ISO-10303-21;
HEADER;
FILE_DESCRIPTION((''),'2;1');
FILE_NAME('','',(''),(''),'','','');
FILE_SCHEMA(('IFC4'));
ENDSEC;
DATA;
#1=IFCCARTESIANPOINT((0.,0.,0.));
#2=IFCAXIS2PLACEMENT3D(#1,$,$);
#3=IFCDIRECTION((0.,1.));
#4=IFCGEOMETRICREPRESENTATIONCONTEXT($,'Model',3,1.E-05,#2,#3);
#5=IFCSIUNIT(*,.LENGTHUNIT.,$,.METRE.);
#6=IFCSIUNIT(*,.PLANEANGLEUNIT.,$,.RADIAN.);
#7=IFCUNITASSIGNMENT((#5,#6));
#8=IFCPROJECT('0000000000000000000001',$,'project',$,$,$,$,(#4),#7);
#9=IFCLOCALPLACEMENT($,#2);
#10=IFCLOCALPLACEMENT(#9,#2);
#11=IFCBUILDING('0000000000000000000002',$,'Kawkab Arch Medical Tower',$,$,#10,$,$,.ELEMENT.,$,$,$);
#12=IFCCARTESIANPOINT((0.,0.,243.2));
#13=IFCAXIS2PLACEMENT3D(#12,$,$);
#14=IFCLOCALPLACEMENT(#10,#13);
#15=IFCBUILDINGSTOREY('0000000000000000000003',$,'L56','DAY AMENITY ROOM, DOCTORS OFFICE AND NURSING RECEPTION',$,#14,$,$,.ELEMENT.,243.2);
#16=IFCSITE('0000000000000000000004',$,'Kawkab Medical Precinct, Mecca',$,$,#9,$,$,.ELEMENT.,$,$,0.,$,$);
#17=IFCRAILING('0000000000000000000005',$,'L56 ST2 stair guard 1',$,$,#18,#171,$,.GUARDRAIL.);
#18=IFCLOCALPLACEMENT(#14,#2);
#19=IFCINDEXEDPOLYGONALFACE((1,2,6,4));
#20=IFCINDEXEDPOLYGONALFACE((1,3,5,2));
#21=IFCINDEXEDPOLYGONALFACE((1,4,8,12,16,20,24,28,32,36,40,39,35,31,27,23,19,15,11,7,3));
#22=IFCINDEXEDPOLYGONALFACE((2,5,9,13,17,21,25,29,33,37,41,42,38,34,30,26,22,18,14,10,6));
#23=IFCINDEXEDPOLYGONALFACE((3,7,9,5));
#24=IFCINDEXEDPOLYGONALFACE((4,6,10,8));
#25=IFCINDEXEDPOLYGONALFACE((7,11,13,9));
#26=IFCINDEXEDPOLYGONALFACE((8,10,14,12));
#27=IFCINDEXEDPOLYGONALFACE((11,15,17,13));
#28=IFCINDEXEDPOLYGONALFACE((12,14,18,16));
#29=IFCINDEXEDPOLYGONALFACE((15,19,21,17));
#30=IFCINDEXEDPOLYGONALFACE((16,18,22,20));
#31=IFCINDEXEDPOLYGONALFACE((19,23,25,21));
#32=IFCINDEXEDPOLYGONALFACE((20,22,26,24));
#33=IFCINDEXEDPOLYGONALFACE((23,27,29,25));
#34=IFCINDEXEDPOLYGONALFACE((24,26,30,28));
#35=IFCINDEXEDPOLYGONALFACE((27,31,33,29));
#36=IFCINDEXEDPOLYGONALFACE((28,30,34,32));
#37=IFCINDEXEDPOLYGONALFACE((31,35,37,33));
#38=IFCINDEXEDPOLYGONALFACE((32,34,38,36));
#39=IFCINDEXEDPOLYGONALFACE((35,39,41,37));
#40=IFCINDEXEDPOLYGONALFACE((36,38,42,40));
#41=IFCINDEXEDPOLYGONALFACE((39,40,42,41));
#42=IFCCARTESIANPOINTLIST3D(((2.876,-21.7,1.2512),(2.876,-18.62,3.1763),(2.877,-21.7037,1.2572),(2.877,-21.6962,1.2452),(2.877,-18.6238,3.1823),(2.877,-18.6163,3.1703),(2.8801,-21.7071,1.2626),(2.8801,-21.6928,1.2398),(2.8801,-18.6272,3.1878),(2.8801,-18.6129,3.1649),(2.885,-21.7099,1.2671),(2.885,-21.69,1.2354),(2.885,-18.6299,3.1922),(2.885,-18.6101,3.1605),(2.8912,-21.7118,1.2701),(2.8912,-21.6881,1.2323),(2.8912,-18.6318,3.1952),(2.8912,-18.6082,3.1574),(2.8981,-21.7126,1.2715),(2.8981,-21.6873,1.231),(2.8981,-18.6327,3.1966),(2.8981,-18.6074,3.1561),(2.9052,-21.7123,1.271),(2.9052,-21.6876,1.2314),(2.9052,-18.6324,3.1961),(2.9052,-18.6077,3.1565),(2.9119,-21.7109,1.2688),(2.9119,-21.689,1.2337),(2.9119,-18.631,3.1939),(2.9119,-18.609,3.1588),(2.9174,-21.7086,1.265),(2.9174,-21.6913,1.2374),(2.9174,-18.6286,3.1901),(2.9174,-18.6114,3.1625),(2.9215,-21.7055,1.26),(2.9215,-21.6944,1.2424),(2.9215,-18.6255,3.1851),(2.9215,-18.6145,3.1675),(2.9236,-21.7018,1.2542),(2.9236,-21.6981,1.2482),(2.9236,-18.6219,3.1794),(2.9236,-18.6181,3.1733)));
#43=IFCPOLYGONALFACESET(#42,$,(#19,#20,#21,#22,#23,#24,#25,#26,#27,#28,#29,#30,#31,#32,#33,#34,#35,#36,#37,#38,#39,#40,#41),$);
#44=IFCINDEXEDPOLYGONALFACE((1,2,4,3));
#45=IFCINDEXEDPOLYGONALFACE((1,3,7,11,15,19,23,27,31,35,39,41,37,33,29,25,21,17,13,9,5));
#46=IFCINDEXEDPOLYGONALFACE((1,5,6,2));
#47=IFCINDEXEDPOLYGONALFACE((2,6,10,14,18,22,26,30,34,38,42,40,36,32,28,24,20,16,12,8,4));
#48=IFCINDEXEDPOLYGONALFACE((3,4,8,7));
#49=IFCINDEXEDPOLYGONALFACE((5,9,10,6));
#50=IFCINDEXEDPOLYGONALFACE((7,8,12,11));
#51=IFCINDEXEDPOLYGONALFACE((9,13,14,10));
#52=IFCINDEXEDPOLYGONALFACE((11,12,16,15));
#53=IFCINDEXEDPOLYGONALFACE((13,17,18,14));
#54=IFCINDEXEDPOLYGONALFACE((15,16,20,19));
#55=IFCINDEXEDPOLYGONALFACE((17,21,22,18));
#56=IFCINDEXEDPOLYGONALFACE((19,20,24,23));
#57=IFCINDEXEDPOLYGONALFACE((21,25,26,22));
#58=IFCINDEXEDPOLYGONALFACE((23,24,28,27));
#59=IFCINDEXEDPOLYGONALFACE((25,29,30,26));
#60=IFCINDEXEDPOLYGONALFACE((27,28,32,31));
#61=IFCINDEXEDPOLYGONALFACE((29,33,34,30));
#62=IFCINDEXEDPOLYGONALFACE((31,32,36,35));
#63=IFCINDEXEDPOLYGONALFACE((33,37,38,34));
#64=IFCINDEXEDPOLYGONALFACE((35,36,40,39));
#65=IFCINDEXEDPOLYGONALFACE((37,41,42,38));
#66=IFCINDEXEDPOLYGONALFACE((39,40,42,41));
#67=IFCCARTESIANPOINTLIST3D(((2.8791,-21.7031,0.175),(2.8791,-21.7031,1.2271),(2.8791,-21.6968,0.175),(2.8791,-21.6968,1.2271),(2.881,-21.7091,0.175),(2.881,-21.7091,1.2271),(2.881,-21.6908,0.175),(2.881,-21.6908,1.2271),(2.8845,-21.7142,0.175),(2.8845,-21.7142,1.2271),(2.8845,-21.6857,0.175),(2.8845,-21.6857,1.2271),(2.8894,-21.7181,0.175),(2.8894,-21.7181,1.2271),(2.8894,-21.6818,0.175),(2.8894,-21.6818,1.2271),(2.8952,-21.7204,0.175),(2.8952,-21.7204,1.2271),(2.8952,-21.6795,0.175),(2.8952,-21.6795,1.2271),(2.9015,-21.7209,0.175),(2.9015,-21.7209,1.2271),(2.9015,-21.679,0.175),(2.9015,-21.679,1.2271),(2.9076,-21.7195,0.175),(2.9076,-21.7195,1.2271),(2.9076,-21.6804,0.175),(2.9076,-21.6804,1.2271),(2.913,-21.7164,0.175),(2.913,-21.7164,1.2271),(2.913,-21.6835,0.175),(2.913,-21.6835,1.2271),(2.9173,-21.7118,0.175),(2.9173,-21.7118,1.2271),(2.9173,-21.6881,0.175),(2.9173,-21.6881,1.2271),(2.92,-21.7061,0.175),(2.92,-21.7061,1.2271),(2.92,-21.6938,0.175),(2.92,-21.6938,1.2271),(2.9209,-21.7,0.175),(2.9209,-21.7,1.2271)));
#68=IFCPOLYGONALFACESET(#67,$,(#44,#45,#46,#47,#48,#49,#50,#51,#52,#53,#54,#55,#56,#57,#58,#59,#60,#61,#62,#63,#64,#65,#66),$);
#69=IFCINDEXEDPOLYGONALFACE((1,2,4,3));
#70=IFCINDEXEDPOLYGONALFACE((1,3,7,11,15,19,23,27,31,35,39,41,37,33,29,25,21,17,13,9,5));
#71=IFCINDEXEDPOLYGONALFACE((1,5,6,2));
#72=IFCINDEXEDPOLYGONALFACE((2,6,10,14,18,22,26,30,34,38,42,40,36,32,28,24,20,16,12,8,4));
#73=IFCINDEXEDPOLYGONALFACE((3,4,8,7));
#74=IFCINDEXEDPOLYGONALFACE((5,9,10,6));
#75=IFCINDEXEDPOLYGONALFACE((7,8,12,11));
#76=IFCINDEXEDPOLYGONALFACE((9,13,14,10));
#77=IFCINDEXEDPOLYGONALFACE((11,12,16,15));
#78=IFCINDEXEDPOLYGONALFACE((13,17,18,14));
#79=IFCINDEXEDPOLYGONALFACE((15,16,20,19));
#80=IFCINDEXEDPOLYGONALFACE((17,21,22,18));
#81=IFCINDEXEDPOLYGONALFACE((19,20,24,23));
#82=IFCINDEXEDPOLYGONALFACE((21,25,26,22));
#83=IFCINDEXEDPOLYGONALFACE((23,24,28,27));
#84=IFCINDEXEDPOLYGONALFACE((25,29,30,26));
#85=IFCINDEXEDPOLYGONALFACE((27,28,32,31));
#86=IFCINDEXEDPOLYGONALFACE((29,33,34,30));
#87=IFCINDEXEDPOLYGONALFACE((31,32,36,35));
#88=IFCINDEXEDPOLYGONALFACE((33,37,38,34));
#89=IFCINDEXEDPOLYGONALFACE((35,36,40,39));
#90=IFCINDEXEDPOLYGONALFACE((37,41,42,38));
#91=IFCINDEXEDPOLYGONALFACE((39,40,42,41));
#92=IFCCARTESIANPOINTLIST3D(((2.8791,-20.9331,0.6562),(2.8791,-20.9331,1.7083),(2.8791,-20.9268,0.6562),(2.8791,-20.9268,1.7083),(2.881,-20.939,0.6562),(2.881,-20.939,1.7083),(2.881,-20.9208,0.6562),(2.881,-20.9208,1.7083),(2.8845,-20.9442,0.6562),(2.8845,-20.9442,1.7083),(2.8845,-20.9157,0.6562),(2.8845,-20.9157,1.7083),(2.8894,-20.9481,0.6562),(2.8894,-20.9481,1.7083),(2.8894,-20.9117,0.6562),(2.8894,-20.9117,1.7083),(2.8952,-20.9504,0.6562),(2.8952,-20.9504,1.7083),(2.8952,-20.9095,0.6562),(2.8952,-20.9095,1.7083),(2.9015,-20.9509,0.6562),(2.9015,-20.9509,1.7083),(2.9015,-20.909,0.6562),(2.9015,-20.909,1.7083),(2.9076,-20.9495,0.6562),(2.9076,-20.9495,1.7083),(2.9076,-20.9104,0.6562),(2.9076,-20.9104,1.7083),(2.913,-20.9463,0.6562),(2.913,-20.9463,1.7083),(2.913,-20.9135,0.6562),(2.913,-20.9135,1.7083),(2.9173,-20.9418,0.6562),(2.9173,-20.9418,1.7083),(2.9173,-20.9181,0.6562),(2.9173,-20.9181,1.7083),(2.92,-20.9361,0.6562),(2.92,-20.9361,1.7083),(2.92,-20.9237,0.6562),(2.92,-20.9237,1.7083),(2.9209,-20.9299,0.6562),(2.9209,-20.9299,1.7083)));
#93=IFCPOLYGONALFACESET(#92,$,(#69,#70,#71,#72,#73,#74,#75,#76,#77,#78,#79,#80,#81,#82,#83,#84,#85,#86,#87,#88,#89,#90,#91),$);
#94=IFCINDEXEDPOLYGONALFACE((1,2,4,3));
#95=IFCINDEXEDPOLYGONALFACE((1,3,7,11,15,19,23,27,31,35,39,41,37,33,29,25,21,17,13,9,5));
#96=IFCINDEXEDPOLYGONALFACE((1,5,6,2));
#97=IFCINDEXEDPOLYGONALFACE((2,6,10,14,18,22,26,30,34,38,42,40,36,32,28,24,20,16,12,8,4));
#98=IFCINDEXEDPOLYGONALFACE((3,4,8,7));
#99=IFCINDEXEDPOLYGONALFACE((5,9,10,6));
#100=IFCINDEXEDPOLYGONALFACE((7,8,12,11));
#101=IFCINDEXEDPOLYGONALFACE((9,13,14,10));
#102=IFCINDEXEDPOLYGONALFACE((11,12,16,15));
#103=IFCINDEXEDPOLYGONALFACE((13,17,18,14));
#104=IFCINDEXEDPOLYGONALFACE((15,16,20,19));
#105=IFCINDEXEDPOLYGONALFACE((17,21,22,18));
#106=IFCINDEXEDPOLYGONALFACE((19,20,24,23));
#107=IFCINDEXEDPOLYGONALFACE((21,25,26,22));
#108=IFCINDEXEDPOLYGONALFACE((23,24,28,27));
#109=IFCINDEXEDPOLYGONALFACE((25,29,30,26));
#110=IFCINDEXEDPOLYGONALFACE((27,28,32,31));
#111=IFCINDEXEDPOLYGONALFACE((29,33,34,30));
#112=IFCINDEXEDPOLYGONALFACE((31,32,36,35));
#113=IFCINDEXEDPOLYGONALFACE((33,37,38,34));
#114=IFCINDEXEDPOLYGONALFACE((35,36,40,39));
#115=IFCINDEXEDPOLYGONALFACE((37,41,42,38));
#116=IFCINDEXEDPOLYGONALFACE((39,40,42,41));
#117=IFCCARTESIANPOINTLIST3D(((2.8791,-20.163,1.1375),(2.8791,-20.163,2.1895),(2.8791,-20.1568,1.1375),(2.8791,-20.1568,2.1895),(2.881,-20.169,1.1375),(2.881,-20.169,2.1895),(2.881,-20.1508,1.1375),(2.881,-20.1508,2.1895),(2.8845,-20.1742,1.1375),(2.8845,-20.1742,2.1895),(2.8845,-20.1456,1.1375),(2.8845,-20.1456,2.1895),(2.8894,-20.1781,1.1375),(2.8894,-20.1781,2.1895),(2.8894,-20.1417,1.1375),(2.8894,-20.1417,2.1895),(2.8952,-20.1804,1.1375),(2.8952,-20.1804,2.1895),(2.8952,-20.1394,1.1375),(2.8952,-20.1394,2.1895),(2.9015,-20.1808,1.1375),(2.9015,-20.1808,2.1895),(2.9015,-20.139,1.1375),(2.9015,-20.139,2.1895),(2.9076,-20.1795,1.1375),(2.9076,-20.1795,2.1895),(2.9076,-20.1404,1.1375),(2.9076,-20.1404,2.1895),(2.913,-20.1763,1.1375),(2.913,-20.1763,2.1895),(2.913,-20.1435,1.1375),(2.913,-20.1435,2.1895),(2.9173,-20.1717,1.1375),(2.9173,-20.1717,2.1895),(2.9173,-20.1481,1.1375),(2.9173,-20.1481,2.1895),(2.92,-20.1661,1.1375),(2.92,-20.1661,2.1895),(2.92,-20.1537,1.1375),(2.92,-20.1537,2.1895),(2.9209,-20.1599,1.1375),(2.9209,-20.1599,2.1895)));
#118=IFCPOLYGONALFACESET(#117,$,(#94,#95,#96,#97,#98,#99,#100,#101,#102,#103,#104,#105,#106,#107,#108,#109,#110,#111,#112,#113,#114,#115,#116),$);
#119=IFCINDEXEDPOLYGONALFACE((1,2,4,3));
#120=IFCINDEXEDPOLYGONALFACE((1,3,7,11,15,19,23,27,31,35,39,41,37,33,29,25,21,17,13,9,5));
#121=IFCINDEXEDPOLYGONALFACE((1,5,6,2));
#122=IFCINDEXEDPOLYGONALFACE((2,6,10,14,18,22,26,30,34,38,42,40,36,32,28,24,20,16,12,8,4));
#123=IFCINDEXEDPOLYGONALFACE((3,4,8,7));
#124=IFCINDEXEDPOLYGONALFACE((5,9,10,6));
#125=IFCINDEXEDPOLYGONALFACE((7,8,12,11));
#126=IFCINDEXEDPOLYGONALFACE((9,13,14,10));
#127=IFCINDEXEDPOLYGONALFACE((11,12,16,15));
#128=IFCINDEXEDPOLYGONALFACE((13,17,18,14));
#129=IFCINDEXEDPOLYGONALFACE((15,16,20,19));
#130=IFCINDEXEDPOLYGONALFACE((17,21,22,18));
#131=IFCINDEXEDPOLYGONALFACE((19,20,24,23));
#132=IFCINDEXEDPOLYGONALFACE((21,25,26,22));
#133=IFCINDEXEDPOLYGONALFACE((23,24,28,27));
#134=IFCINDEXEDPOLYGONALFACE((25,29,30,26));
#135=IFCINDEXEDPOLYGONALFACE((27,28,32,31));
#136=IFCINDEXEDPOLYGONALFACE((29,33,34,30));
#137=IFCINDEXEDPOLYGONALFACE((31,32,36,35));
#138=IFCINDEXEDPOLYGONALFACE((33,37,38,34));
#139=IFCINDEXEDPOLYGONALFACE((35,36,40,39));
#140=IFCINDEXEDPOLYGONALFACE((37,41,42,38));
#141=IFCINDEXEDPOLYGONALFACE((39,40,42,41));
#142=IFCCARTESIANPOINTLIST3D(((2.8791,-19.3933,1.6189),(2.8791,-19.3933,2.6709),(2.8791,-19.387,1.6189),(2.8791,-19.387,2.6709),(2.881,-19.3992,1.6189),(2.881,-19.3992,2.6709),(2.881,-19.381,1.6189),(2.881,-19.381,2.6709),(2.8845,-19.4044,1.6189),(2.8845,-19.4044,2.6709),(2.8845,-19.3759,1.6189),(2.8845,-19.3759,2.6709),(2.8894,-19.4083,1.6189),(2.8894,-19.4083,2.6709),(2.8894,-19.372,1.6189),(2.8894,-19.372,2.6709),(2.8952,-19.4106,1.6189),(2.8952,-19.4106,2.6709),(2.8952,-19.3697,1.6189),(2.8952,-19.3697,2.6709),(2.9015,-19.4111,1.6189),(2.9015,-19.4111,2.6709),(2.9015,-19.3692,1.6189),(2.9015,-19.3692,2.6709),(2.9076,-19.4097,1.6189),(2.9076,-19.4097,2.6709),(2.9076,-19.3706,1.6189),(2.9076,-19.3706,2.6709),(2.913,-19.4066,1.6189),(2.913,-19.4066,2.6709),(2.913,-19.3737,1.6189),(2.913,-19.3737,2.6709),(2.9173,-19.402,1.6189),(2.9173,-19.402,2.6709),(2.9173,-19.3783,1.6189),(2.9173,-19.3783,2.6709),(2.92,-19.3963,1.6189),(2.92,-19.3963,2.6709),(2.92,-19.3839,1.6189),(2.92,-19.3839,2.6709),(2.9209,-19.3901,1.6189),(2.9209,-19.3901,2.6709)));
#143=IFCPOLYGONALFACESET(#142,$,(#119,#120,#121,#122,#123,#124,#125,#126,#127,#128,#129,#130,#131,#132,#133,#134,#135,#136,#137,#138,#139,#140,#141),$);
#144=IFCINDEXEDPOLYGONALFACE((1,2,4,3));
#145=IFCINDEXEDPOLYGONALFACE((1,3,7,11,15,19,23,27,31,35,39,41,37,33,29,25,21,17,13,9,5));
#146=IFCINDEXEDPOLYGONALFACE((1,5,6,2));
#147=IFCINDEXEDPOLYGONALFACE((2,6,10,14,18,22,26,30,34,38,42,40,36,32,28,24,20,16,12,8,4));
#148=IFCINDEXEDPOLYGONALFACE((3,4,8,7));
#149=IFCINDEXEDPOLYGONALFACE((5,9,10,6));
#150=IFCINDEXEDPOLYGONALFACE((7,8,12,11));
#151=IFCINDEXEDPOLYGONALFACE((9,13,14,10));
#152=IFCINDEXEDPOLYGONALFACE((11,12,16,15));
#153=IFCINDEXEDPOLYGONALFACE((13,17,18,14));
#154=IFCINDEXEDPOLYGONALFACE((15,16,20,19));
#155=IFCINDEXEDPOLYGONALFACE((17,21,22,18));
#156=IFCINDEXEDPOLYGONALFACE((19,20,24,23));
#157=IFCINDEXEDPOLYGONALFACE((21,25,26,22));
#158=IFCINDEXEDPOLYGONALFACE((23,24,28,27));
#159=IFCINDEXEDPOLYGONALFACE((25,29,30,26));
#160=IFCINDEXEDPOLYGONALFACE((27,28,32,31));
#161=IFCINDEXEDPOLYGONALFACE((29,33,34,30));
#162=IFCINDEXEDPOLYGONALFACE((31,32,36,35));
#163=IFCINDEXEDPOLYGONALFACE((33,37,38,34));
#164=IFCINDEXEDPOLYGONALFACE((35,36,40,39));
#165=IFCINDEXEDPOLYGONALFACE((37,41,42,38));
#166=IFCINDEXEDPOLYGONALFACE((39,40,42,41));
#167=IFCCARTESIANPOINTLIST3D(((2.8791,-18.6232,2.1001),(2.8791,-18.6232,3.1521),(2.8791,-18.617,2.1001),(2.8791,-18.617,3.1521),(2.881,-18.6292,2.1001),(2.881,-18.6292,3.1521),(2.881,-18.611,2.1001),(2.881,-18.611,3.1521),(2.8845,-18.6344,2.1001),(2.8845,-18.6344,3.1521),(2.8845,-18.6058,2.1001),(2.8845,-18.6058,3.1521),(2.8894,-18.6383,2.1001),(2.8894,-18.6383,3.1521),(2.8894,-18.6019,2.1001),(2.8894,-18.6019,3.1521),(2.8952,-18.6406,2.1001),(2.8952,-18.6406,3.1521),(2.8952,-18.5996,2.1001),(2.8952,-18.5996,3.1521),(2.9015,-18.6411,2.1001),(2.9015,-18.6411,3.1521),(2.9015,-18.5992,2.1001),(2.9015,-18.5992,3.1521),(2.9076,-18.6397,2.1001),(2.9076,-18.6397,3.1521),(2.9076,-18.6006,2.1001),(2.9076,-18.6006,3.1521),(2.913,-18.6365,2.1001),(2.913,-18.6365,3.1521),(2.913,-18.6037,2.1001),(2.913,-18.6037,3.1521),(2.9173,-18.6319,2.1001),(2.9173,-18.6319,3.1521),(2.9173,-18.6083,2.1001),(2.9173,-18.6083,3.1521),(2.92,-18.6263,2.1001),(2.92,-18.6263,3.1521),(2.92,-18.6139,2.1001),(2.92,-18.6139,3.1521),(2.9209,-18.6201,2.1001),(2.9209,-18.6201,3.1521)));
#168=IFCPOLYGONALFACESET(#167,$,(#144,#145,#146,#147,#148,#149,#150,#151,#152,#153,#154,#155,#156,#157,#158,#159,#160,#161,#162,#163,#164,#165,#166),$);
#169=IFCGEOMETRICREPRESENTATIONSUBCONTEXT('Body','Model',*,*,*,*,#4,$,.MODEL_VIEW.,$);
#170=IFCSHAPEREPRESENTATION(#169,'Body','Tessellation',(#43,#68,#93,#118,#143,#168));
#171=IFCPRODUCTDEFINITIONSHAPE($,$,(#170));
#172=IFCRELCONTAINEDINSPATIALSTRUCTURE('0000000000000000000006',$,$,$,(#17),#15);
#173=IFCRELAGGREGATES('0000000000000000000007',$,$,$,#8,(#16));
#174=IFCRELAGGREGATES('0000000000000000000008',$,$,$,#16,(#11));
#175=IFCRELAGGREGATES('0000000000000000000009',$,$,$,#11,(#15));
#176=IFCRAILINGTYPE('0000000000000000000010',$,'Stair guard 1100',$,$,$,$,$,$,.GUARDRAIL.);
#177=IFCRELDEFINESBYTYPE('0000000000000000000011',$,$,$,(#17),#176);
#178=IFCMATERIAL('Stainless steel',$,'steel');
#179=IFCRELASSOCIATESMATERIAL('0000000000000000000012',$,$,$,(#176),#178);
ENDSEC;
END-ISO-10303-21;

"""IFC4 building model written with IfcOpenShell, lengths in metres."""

from ifc_helpers import new_model, si_unit, direction, frame, origin, origin_2d, place, context, subcontext, project, spatial, circle, extrude, material, type_object, element, save


model = new_model("IFC4")

# Units and contexts
model_context = context("Model", 3, precision=1e-05, world=origin(), true_north=direction((0.0, 1.0)))
body_context = subcontext(model_context, "Body", "Model", "MODEL_VIEW")
ifc_project = project(units=[si_unit("LENGTHUNIT", "METRE"), si_unit("PLANEANGLEUNIT", "RADIAN")], contexts=[model_context])

# Site, building, storey
site_placement = place(None, origin())
site = spatial("IfcSite", under=ifc_project, at=site_placement, Name="Kawkab Medical Precinct, Mecca", CompositionType="ELEMENT", RefElevation=0.0)
building_placement = place(site_placement, origin())
building = spatial("IfcBuilding", under=site, at=building_placement, Name="Kawkab Arch Medical Tower", CompositionType="ELEMENT")
storey_placement = place(building_placement, frame((0.0, 0.0, 243.2)))
storey = spatial("IfcBuildingStorey", under=building, at=storey_placement, Name="L56", Description="DAY AMENITY ROOM, DOCTORS OFFICE AND NURSING RECEPTION", CompositionType="ELEMENT", Elevation=243.2)

# Railing
ifc_material_1 = material(Name="Stainless steel", Category="steel")
railing_type = type_object("IfcRailingType", Name="Stair guard 1100", PredefinedType="GUARDRAIL", material=ifc_material_1)
railing_1_placement = place(storey_placement, frame((2.8999, -21.7, 0.175)))
element("IfcRailing", 1, at=railing_1_placement, inside=storey, type_object=railing_type, Name="L56 ST2 stair guard 1", PredefinedType="GUARDRAIL", context=body_context, shape_type="SweptSolid", body=[
    extrude(circle(Radius=0.0239, at=origin_2d()), frame((0.0, 0.0, 1.0762), z_axis=(0.0, 0.847979, 0.530029), x_axis=(-1.0, 0.0, 0.0)), (0.0, 0.0, 1.0), 3.6321),
    extrude(circle(Radius=0.021, at=origin_2d()), origin(), (0.0, 0.0, 1.0), 1.052),
    extrude(circle(Radius=0.021, at=origin_2d()), frame((0.0, 0.77, 0.4812)), (0.0, 0.0, 1.0), 1.052),
    extrude(circle(Radius=0.021, at=origin_2d()), frame((0.0, 1.54, 0.9624)), (0.0, 0.0, 1.0), 1.052),
    extrude(circle(Radius=0.021, at=origin_2d()), frame((0.0, 2.3098, 1.4438)), (0.0, 0.0, 1.0), 1.052),
    extrude(circle(Radius=0.021, at=origin_2d()), frame((0.0, 3.0798, 1.925)), (0.0, 0.0, 1.0), 1.052),
])

save(model, "model.ifc")
